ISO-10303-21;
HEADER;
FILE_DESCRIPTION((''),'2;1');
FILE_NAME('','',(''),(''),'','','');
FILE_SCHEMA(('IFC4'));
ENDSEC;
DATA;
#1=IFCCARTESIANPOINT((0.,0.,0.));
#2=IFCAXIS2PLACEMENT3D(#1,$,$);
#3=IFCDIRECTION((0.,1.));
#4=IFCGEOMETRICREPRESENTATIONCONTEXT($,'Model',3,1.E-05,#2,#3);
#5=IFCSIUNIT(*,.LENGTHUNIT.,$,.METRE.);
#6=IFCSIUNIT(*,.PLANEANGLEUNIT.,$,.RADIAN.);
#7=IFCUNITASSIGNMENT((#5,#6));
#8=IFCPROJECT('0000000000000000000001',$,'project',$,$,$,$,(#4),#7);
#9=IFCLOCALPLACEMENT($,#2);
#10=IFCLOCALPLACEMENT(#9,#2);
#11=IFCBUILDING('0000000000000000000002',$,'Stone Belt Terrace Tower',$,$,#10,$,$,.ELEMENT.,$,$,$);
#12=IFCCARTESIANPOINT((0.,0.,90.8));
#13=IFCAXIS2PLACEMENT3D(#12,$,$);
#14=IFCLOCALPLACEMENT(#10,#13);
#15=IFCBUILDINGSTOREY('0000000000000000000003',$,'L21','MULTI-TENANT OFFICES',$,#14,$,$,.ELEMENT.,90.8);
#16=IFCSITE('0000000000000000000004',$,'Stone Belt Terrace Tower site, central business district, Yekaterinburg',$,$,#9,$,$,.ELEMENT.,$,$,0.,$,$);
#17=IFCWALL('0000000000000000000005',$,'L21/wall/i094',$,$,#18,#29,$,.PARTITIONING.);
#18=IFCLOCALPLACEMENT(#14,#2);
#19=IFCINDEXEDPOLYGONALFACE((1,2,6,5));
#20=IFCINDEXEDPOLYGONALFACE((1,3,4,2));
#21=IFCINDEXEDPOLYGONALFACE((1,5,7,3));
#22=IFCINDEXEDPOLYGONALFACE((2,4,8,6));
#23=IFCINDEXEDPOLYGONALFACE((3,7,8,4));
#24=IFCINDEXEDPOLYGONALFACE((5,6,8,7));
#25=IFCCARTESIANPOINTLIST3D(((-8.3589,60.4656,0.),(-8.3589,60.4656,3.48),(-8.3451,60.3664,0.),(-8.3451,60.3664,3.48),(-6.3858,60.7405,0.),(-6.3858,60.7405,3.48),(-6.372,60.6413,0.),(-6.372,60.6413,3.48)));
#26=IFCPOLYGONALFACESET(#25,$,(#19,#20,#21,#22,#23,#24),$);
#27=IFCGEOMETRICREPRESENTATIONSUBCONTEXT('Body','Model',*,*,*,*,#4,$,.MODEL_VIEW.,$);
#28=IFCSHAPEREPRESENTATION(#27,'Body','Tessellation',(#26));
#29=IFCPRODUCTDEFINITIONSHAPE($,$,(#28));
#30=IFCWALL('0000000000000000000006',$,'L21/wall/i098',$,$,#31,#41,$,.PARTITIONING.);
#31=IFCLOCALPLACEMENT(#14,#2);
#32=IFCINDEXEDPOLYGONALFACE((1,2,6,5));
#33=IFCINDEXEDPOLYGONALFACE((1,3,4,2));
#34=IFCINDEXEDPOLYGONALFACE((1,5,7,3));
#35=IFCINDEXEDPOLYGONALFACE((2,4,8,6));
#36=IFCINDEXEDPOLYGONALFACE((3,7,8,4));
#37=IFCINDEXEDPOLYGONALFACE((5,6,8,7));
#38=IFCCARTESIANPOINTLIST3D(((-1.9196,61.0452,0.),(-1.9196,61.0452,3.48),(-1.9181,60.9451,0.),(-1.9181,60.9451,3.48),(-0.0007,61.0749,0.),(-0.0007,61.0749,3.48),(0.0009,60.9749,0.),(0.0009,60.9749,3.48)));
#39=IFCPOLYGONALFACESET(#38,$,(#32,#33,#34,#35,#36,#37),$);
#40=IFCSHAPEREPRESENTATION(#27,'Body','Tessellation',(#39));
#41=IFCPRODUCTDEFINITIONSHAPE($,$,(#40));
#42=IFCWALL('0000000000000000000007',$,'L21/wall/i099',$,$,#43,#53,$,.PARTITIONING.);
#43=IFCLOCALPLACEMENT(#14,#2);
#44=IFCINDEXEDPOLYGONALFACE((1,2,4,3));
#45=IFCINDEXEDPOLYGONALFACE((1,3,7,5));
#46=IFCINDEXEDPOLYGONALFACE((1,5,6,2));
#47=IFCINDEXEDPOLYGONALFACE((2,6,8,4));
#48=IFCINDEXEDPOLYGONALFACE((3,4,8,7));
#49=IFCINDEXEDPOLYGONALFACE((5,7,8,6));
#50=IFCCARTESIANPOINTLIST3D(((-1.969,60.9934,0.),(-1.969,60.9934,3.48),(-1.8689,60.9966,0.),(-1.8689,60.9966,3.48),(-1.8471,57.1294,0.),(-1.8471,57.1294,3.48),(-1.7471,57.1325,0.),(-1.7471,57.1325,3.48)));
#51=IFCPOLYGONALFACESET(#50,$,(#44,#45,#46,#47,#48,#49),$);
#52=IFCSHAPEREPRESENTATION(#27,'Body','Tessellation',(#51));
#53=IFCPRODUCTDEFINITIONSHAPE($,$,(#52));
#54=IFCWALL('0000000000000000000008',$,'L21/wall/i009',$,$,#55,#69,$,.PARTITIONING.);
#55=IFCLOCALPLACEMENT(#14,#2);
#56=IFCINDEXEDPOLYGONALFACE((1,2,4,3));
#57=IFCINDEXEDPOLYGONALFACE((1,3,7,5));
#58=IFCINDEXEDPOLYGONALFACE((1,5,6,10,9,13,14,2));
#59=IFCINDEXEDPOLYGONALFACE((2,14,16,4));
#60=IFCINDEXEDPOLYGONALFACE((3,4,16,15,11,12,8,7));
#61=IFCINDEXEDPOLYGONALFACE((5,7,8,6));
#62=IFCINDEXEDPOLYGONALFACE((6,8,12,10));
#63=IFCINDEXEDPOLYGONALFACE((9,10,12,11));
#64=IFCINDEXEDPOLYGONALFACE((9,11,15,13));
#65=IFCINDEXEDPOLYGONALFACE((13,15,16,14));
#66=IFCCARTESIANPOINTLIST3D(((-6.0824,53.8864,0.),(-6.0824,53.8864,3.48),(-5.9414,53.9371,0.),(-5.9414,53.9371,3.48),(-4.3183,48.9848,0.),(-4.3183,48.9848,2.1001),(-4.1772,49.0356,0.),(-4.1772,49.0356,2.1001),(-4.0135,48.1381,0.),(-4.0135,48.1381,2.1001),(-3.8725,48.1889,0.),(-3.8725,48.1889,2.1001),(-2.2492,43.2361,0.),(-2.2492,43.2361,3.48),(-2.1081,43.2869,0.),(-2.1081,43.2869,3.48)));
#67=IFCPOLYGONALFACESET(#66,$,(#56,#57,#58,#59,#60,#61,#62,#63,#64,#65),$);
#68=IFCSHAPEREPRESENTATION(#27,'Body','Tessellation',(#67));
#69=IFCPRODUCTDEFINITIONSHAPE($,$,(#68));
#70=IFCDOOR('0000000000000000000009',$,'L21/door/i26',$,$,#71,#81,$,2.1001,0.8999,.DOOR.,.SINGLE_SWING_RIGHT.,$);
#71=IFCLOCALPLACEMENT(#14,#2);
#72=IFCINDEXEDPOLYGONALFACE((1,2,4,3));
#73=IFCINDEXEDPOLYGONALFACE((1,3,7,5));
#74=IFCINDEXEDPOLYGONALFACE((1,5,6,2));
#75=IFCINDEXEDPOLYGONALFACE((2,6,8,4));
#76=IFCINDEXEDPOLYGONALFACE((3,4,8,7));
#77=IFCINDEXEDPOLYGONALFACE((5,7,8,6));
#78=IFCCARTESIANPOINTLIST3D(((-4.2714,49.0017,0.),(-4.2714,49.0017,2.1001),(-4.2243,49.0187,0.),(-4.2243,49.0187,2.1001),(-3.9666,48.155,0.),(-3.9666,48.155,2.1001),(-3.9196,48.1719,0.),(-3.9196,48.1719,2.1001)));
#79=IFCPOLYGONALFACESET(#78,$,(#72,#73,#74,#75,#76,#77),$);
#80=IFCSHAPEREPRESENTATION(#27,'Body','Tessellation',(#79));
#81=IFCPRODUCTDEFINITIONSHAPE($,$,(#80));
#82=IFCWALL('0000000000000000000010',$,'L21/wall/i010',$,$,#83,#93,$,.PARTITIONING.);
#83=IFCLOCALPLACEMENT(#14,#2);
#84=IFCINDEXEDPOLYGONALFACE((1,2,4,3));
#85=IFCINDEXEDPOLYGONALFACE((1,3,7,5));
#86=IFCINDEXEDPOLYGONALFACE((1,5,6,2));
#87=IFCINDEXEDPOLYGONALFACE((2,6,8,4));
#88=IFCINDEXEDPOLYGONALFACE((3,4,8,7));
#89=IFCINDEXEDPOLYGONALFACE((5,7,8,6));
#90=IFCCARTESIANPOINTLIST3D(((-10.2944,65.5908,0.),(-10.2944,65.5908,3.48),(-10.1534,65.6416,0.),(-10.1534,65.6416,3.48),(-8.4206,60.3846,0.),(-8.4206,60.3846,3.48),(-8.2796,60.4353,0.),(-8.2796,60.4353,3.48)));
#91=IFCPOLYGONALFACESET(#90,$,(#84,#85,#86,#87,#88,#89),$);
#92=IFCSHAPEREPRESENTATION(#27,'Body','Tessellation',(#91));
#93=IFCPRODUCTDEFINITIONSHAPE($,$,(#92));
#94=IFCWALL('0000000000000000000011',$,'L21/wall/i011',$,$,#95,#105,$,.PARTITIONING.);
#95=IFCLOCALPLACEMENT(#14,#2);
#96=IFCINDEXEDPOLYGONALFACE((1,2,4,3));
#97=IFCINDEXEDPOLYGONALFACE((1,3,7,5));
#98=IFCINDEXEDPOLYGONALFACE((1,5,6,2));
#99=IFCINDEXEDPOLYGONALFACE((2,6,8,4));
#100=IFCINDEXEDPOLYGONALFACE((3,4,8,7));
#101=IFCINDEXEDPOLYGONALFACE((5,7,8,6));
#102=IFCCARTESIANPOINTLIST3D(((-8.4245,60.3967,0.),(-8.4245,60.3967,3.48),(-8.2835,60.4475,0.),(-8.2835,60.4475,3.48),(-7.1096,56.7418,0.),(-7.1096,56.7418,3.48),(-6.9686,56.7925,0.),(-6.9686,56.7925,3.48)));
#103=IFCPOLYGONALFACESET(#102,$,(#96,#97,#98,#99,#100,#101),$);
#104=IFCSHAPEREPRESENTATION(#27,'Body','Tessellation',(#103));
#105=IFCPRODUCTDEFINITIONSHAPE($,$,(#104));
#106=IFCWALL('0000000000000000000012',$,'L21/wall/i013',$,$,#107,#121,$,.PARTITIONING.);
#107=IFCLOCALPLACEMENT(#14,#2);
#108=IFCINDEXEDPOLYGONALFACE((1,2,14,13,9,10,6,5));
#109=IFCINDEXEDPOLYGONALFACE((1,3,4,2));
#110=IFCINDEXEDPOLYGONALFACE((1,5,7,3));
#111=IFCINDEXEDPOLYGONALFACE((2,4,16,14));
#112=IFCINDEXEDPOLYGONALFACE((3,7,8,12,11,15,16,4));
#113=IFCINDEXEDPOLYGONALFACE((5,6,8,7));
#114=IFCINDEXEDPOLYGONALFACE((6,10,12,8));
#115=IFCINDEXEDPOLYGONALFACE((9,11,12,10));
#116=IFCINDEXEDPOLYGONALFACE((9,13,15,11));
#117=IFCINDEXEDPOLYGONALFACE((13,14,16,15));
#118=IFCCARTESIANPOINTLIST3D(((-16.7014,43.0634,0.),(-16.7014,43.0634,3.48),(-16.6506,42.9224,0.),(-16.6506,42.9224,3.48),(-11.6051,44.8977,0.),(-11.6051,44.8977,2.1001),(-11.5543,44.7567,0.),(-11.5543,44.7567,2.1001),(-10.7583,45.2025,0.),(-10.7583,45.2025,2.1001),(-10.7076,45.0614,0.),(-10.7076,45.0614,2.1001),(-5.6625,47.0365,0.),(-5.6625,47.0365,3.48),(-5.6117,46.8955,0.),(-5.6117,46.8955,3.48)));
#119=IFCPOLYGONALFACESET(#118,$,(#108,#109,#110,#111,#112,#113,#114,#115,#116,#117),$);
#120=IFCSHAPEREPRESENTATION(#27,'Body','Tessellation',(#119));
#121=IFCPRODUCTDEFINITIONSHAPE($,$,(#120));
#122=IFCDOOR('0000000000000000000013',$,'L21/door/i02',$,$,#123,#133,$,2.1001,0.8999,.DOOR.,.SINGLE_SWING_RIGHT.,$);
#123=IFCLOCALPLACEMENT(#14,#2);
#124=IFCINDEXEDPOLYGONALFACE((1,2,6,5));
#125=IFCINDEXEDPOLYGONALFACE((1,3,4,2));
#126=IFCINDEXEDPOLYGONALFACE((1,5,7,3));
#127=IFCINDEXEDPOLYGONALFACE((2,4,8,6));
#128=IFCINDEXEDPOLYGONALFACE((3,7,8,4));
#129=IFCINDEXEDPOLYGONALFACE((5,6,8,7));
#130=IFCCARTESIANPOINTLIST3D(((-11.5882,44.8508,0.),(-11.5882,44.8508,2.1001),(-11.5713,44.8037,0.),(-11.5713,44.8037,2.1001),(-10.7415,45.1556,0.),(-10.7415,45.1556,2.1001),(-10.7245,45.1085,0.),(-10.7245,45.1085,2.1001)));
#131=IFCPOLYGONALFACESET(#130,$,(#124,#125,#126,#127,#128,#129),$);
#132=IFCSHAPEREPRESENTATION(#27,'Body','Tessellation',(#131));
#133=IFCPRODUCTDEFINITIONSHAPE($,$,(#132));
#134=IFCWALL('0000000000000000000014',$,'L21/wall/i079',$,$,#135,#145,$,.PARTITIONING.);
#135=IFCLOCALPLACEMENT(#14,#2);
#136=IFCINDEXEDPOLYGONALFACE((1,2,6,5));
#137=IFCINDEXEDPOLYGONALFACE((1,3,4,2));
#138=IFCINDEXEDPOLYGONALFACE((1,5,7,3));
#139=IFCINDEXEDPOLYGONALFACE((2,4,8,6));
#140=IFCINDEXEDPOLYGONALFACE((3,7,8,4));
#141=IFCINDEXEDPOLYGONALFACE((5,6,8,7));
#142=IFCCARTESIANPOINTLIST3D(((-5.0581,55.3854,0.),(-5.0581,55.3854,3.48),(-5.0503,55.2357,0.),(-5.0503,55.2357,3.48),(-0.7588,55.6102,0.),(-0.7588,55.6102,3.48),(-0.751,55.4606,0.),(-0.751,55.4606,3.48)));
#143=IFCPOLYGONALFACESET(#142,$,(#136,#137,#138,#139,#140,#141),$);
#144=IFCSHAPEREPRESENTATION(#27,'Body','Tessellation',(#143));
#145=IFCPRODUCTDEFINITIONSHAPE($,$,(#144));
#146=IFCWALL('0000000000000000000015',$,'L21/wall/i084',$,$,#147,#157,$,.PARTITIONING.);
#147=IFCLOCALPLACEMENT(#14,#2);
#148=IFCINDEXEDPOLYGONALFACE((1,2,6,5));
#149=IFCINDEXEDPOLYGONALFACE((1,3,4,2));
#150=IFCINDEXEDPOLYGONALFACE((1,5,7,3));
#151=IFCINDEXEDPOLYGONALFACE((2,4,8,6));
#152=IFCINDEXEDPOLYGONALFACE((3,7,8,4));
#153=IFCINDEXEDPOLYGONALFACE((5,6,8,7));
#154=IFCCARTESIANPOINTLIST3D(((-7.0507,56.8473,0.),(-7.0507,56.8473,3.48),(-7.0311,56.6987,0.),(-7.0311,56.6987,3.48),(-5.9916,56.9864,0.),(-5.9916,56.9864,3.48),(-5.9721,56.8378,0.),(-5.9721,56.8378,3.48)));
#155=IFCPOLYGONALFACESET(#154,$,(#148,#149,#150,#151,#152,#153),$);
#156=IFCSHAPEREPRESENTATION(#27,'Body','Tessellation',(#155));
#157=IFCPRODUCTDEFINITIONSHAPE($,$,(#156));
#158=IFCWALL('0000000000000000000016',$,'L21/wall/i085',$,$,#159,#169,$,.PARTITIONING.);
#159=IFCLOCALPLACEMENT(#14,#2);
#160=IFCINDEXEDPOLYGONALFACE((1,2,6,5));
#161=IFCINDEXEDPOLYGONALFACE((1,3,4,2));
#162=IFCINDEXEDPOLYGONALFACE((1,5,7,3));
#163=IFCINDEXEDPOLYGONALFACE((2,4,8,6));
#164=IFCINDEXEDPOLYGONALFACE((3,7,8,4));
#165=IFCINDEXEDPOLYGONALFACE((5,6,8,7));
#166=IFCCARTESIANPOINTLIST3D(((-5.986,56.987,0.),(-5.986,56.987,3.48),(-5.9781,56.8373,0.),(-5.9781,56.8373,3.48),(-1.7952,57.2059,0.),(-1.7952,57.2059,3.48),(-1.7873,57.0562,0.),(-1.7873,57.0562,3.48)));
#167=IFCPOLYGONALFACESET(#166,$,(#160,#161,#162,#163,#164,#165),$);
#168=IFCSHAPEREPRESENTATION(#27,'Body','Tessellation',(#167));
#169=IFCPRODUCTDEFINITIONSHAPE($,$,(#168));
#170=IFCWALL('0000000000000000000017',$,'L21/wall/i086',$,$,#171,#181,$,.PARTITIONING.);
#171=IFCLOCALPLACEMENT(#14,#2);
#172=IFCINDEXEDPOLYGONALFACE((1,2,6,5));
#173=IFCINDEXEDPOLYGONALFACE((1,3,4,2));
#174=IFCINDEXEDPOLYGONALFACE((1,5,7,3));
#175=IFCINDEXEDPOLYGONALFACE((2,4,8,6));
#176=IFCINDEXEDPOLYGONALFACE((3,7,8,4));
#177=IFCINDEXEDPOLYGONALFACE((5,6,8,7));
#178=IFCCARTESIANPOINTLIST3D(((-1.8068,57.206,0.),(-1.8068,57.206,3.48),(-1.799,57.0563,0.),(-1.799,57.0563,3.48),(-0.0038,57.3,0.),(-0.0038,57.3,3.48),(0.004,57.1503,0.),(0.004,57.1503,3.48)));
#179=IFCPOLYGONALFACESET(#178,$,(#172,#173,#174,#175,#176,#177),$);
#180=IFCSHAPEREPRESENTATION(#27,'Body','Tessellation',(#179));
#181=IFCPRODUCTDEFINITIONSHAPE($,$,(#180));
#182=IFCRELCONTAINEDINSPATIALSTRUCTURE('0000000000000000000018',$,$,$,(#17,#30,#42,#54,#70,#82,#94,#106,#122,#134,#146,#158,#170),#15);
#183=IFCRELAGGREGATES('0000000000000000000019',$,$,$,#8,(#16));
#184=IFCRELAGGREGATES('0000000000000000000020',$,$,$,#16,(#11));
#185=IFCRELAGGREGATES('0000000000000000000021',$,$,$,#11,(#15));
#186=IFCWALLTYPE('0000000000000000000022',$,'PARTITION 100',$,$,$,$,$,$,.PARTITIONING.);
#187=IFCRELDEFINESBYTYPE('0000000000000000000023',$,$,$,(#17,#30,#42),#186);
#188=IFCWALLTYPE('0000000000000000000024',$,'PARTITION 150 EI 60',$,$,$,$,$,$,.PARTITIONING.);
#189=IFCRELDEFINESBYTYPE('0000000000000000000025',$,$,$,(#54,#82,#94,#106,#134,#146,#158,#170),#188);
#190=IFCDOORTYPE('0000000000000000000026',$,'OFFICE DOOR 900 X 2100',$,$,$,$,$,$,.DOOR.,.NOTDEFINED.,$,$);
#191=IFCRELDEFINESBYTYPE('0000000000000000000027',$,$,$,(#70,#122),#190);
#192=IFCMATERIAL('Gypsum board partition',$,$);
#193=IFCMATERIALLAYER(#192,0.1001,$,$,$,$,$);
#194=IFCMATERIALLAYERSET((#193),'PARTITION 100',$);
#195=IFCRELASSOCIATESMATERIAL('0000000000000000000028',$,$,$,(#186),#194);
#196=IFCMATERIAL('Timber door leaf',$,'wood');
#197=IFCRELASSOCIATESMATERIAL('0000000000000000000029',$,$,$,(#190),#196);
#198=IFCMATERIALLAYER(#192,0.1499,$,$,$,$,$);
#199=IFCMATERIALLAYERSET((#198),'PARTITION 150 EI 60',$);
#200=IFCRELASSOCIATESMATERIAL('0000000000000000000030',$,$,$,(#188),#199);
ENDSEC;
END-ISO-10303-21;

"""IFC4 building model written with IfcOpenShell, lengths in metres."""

from ifc_helpers import new_model, si_unit, direction, frame, frame_2d, origin, place, context, subcontext, project, spatial, rectangle, extrude, material, layer, layer_set, type_object, element, fill, save


model = new_model("IFC4")

# Units and contexts
model_context = context("Model", 3, precision=1e-05, world=origin(), true_north=direction((0.0, 1.0)))
body_context = subcontext(model_context, "Body", "Model", "MODEL_VIEW")
ifc_project = project(units=[si_unit("LENGTHUNIT", "METRE"), si_unit("PLANEANGLEUNIT", "RADIAN")], contexts=[model_context])

# Site, building, storey
site_placement = place(None, origin())
site = spatial("IfcSite", under=ifc_project, at=site_placement, Name="Stone Belt Terrace Tower site, central business district, Yekaterinburg", CompositionType="ELEMENT", RefElevation=0.0)
building_placement = place(site_placement, origin())
building = spatial("IfcBuilding", under=site, at=building_placement, Name="Stone Belt Terrace Tower", CompositionType="ELEMENT")
storey_placement = place(building_placement, frame((0.0, 0.0, 90.8)))
storey = spatial("IfcBuildingStorey", under=building, at=storey_placement, Name="L21", Description="MULTI-TENANT OFFICES", CompositionType="ELEMENT", Elevation=90.8)

# Shared definitions
ifc_material_1 = material(Name="Timber door leaf", Category="wood")

# Shared definitions
ifc_material_2 = material(Name="Gypsum board partition")
ifc_layer_1 = layer(ifc_material_2, 0.1001)
ifc_layer_set_1 = layer_set([ifc_layer_1], Name="PARTITION 100")
wall_type_1 = type_object("IfcWallType", Name="PARTITION 100", PredefinedType="PARTITIONING", material=ifc_layer_set_1)
door_type_1 = type_object("IfcDoorType", Name="OFFICE DOOR 900 X 2100", OperationType="NOTDEFINED", PredefinedType="DOOR", material=ifc_material_1)

# Walls
wall_1_placement = place(storey_placement, frame((-6.3789, 60.6909, 0.0), z_axis=(0.0, 0.0, 1.0), x_axis=(-0.990434, -0.137989, 0.0)))
element("IfcWall", 1, at=wall_1_placement, inside=storey, type_object=wall_type_1, Name="L21/wall/i094", PredefinedType="PARTITIONING", context=body_context, shape_type="SweptSolid", body=[
    extrude(rectangle(XDim=1.9922, YDim=0.1001, at=frame_2d((0.9961, 0.0))), origin(), (0.0, 0.0, 1.0), 3.48),
])
wall_2_placement = place(storey_placement, frame((0.0, 61.0249, 0.0), z_axis=(0.0, 0.0, 1.0), x_axis=(-0.99988, -0.01552, 0.0)))
element("IfcWall", 2, at=wall_2_placement, inside=storey, type_object=wall_type_1, Name="L21/wall/i098", PredefinedType="PARTITIONING", context=body_context, shape_type="SweptSolid", body=[
    extrude(rectangle(XDim=1.9192, YDim=0.1001, at=frame_2d((0.9595, 0.0))), origin(), (0.0, 0.0, 1.0), 3.48),
])
wall_3_placement = place(storey_placement, frame((-1.9189, 60.9951, 0.0), z_axis=(0.0, 0.0, 1.0), x_axis=(0.031513, -0.999503, 0.0)))
element("IfcWall", 3, at=wall_3_placement, inside=storey, type_object=wall_type_1, Name="L21/wall/i099", PredefinedType="PARTITIONING", context=body_context, shape_type="SweptSolid", body=[
    extrude(rectangle(XDim=3.866, YDim=0.1001, at=frame_2d((1.9331, 0.0))), origin(), (0.0, 0.0, 1.0), 3.48),
])

# Wall, opening, door
ifc_layer_2 = layer(ifc_material_2, 0.1499)
ifc_layer_set_2 = layer_set([ifc_layer_2], Name="PARTITION 150 EI 60")
wall_type_2 = type_object("IfcWallType", Name="PARTITION 150 EI 60", PredefinedType="PARTITIONING", material=ifc_layer_set_2)
wall_4_placement = place(storey_placement, frame((-6.012, 53.9119, 0.0), z_axis=(0.0, 0.0, 1.0), x_axis=(0.338657, -0.94091, 0.0)))
wall_4 = element("IfcWall", 4, at=wall_4_placement, inside=storey, type_object=wall_type_2, Name="L21/wall/i009", PredefinedType="PARTITIONING", context=body_context, shape_type="SweptSolid", body=[
    extrude(rectangle(XDim=11.3191, YDim=0.1499, at=frame_2d((5.6597, 0.0))), origin(), (0.0, 0.0, 1.0), 3.48),
])
opening_1_placement = place(wall_4_placement, frame((5.2095, 0.0, 0.0)))
opening_1 = element("IfcOpeningElement", 5, at=opening_1_placement, cuts=wall_4, PredefinedType="OPENING", context=body_context, shape_type="SweptSolid", body=[
    extrude(rectangle(XDim=0.8999, YDim=2.1001, at=frame_2d((0.45, 1.05))), frame((0.0, 0.085, 0.0), z_axis=(0.0, -1.0, 0.0), x_axis=(1.0, 0.0, 0.0)), (0.0, 0.0, 1.0), 0.1699),
])
door_1_placement = place(opening_1_placement, origin())
door_1 = element("IfcDoor", 6, at=door_1_placement, inside=storey, type_object=door_type_1, Name="L21/door/i26", OperationType="SINGLE_SWING_RIGHT", OverallHeight=2.1001, OverallWidth=0.8999, PredefinedType="DOOR", context=body_context, shape_type="SweptSolid", body=[
    extrude(rectangle(XDim=0.8999, YDim=2.1001, at=frame_2d((0.45, 1.05))), frame((0.0, 0.0249, 0.0), z_axis=(0.0, -1.0, 0.0), x_axis=(1.0, 0.0, 0.0)), (0.0, 0.0, 1.0), 0.05),
])
fill(opening_1, door_1)

# Walls
wall_5_placement = place(storey_placement, frame((-10.2239, 65.6162, 0.0), z_axis=(0.0, 0.0, 1.0), x_axis=(0.338641, -0.940916, 0.0)))
element("IfcWall", 7, at=wall_5_placement, inside=storey, type_object=wall_type_2, Name="L21/wall/i010", PredefinedType="PARTITIONING", context=body_context, shape_type="SweptSolid", body=[
    extrude(rectangle(XDim=5.5332, YDim=0.1499, at=frame_2d((2.7666, 0.0))), origin(), (0.0, 0.0, 1.0), 3.48),
])
wall_6_placement = place(storey_placement, frame((-8.354, 60.4221, 0.0), z_axis=(0.0, 0.0, 1.0), x_axis=(0.338521, -0.940959, 0.0)))
element("IfcWall", 8, at=wall_6_placement, inside=storey, type_object=wall_type_2, Name="L21/wall/i011", PredefinedType="PARTITIONING", context=body_context, shape_type="SweptSolid", body=[
    extrude(rectangle(XDim=3.8843, YDim=0.1499, at=frame_2d((1.9421, 0.0))), origin(), (0.0, 0.0, 1.0), 3.48),
])

# Wall, opening, door
wall_7_placement = place(storey_placement, frame((-5.637, 46.9661, 0.0), z_axis=(0.0, 0.0, 1.0), x_axis=(-0.940912, -0.33865, 0.0)))
wall_7 = element("IfcWall", 9, at=wall_7_placement, inside=storey, type_object=wall_type_2, Name="L21/wall/i013", PredefinedType="PARTITIONING", context=body_context, shape_type="SweptSolid", body=[
    extrude(rectangle(XDim=11.7322, YDim=0.1499, at=frame_2d((5.8662, 0.0))), origin(), (0.0, 0.0, 1.0), 3.48),
])
opening_2_placement = place(wall_7_placement, frame((5.416, 0.0, 0.0)))
opening_2 = element("IfcOpeningElement", 10, at=opening_2_placement, cuts=wall_7, PredefinedType="OPENING", context=body_context, shape_type="SweptSolid", body=[
    extrude(rectangle(XDim=0.8999, YDim=2.1001, at=frame_2d((0.45, 1.05))), frame((0.0, 0.085, 0.0), z_axis=(0.0, -1.0, 0.0), x_axis=(1.0, 0.0, 0.0)), (0.0, 0.0, 1.0), 0.1699),
])
door_2_placement = place(opening_2_placement, origin())
door_2 = element("IfcDoor", 11, at=door_2_placement, inside=storey, type_object=door_type_1, Name="L21/door/i02", OperationType="SINGLE_SWING_RIGHT", OverallHeight=2.1001, OverallWidth=0.8999, PredefinedType="DOOR", context=body_context, shape_type="SweptSolid", body=[
    extrude(rectangle(XDim=0.8999, YDim=2.1001, at=frame_2d((0.45, 1.05))), frame((0.0, 0.0249, 0.0), z_axis=(0.0, -1.0, 0.0), x_axis=(1.0, 0.0, 0.0)), (0.0, 0.0, 1.0), 0.05),
])
fill(opening_2, door_2)

# Walls
wall_8_placement = place(storey_placement, frame((-0.7549, 55.5354, 0.0), z_axis=(0.0, 0.0, 1.0), x_axis=(-0.998635, -0.052228, 0.0)))
element("IfcWall", 12, at=wall_8_placement, inside=storey, type_object=wall_type_2, Name="L21/wall/i079", PredefinedType="PARTITIONING", context=body_context, shape_type="SweptSolid", body=[
    extrude(rectangle(XDim=4.3052, YDim=0.1499, at=frame_2d((2.1526, 0.0))), origin(), (0.0, 0.0, 1.0), 3.48),
])
wall_9_placement = place(storey_placement, frame((-7.041, 56.7729, 0.0), z_axis=(0.0, 0.0, 1.0), x_axis=(0.991478, 0.130277, 0.0)))
element("IfcWall", 13, at=wall_9_placement, inside=storey, type_object=wall_type_2, Name="L21/wall/i084", PredefinedType="PARTITIONING", context=body_context, shape_type="SweptSolid", body=[
    extrude(rectangle(XDim=1.0681, YDim=0.1499, at=frame_2d((0.5342, 0.0))), origin(), (0.0, 0.0, 1.0), 3.48),
])
wall_10_placement = place(storey_placement, frame((-5.9819, 56.9121, 0.0), z_axis=(0.0, 0.0, 1.0), x_axis=(0.998638, 0.052183, 0.0)))
element("IfcWall", 14, at=wall_10_placement, inside=storey, type_object=wall_type_2, Name="L21/wall/i085", PredefinedType="PARTITIONING", context=body_context, shape_type="SweptSolid", body=[
    extrude(rectangle(XDim=4.1965, YDim=0.1499, at=frame_2d((2.0981, 0.0))), origin(), (0.0, 0.0, 1.0), 3.48),
])
wall_11_placement = place(storey_placement, frame((-1.803, 57.1311, 0.0), z_axis=(0.0, 0.0, 1.0), x_axis=(0.998644, 0.052062, 0.0)))
element("IfcWall", 15, at=wall_11_placement, inside=storey, type_object=wall_type_2, Name="L21/wall/i086", PredefinedType="PARTITIONING", context=body_context, shape_type="SweptSolid", body=[
    extrude(rectangle(XDim=1.8054, YDim=0.1499, at=frame_2d((0.9028, 0.0))), origin(), (0.0, 0.0, 1.0), 3.48),
])

save(model, "model.ifc")
